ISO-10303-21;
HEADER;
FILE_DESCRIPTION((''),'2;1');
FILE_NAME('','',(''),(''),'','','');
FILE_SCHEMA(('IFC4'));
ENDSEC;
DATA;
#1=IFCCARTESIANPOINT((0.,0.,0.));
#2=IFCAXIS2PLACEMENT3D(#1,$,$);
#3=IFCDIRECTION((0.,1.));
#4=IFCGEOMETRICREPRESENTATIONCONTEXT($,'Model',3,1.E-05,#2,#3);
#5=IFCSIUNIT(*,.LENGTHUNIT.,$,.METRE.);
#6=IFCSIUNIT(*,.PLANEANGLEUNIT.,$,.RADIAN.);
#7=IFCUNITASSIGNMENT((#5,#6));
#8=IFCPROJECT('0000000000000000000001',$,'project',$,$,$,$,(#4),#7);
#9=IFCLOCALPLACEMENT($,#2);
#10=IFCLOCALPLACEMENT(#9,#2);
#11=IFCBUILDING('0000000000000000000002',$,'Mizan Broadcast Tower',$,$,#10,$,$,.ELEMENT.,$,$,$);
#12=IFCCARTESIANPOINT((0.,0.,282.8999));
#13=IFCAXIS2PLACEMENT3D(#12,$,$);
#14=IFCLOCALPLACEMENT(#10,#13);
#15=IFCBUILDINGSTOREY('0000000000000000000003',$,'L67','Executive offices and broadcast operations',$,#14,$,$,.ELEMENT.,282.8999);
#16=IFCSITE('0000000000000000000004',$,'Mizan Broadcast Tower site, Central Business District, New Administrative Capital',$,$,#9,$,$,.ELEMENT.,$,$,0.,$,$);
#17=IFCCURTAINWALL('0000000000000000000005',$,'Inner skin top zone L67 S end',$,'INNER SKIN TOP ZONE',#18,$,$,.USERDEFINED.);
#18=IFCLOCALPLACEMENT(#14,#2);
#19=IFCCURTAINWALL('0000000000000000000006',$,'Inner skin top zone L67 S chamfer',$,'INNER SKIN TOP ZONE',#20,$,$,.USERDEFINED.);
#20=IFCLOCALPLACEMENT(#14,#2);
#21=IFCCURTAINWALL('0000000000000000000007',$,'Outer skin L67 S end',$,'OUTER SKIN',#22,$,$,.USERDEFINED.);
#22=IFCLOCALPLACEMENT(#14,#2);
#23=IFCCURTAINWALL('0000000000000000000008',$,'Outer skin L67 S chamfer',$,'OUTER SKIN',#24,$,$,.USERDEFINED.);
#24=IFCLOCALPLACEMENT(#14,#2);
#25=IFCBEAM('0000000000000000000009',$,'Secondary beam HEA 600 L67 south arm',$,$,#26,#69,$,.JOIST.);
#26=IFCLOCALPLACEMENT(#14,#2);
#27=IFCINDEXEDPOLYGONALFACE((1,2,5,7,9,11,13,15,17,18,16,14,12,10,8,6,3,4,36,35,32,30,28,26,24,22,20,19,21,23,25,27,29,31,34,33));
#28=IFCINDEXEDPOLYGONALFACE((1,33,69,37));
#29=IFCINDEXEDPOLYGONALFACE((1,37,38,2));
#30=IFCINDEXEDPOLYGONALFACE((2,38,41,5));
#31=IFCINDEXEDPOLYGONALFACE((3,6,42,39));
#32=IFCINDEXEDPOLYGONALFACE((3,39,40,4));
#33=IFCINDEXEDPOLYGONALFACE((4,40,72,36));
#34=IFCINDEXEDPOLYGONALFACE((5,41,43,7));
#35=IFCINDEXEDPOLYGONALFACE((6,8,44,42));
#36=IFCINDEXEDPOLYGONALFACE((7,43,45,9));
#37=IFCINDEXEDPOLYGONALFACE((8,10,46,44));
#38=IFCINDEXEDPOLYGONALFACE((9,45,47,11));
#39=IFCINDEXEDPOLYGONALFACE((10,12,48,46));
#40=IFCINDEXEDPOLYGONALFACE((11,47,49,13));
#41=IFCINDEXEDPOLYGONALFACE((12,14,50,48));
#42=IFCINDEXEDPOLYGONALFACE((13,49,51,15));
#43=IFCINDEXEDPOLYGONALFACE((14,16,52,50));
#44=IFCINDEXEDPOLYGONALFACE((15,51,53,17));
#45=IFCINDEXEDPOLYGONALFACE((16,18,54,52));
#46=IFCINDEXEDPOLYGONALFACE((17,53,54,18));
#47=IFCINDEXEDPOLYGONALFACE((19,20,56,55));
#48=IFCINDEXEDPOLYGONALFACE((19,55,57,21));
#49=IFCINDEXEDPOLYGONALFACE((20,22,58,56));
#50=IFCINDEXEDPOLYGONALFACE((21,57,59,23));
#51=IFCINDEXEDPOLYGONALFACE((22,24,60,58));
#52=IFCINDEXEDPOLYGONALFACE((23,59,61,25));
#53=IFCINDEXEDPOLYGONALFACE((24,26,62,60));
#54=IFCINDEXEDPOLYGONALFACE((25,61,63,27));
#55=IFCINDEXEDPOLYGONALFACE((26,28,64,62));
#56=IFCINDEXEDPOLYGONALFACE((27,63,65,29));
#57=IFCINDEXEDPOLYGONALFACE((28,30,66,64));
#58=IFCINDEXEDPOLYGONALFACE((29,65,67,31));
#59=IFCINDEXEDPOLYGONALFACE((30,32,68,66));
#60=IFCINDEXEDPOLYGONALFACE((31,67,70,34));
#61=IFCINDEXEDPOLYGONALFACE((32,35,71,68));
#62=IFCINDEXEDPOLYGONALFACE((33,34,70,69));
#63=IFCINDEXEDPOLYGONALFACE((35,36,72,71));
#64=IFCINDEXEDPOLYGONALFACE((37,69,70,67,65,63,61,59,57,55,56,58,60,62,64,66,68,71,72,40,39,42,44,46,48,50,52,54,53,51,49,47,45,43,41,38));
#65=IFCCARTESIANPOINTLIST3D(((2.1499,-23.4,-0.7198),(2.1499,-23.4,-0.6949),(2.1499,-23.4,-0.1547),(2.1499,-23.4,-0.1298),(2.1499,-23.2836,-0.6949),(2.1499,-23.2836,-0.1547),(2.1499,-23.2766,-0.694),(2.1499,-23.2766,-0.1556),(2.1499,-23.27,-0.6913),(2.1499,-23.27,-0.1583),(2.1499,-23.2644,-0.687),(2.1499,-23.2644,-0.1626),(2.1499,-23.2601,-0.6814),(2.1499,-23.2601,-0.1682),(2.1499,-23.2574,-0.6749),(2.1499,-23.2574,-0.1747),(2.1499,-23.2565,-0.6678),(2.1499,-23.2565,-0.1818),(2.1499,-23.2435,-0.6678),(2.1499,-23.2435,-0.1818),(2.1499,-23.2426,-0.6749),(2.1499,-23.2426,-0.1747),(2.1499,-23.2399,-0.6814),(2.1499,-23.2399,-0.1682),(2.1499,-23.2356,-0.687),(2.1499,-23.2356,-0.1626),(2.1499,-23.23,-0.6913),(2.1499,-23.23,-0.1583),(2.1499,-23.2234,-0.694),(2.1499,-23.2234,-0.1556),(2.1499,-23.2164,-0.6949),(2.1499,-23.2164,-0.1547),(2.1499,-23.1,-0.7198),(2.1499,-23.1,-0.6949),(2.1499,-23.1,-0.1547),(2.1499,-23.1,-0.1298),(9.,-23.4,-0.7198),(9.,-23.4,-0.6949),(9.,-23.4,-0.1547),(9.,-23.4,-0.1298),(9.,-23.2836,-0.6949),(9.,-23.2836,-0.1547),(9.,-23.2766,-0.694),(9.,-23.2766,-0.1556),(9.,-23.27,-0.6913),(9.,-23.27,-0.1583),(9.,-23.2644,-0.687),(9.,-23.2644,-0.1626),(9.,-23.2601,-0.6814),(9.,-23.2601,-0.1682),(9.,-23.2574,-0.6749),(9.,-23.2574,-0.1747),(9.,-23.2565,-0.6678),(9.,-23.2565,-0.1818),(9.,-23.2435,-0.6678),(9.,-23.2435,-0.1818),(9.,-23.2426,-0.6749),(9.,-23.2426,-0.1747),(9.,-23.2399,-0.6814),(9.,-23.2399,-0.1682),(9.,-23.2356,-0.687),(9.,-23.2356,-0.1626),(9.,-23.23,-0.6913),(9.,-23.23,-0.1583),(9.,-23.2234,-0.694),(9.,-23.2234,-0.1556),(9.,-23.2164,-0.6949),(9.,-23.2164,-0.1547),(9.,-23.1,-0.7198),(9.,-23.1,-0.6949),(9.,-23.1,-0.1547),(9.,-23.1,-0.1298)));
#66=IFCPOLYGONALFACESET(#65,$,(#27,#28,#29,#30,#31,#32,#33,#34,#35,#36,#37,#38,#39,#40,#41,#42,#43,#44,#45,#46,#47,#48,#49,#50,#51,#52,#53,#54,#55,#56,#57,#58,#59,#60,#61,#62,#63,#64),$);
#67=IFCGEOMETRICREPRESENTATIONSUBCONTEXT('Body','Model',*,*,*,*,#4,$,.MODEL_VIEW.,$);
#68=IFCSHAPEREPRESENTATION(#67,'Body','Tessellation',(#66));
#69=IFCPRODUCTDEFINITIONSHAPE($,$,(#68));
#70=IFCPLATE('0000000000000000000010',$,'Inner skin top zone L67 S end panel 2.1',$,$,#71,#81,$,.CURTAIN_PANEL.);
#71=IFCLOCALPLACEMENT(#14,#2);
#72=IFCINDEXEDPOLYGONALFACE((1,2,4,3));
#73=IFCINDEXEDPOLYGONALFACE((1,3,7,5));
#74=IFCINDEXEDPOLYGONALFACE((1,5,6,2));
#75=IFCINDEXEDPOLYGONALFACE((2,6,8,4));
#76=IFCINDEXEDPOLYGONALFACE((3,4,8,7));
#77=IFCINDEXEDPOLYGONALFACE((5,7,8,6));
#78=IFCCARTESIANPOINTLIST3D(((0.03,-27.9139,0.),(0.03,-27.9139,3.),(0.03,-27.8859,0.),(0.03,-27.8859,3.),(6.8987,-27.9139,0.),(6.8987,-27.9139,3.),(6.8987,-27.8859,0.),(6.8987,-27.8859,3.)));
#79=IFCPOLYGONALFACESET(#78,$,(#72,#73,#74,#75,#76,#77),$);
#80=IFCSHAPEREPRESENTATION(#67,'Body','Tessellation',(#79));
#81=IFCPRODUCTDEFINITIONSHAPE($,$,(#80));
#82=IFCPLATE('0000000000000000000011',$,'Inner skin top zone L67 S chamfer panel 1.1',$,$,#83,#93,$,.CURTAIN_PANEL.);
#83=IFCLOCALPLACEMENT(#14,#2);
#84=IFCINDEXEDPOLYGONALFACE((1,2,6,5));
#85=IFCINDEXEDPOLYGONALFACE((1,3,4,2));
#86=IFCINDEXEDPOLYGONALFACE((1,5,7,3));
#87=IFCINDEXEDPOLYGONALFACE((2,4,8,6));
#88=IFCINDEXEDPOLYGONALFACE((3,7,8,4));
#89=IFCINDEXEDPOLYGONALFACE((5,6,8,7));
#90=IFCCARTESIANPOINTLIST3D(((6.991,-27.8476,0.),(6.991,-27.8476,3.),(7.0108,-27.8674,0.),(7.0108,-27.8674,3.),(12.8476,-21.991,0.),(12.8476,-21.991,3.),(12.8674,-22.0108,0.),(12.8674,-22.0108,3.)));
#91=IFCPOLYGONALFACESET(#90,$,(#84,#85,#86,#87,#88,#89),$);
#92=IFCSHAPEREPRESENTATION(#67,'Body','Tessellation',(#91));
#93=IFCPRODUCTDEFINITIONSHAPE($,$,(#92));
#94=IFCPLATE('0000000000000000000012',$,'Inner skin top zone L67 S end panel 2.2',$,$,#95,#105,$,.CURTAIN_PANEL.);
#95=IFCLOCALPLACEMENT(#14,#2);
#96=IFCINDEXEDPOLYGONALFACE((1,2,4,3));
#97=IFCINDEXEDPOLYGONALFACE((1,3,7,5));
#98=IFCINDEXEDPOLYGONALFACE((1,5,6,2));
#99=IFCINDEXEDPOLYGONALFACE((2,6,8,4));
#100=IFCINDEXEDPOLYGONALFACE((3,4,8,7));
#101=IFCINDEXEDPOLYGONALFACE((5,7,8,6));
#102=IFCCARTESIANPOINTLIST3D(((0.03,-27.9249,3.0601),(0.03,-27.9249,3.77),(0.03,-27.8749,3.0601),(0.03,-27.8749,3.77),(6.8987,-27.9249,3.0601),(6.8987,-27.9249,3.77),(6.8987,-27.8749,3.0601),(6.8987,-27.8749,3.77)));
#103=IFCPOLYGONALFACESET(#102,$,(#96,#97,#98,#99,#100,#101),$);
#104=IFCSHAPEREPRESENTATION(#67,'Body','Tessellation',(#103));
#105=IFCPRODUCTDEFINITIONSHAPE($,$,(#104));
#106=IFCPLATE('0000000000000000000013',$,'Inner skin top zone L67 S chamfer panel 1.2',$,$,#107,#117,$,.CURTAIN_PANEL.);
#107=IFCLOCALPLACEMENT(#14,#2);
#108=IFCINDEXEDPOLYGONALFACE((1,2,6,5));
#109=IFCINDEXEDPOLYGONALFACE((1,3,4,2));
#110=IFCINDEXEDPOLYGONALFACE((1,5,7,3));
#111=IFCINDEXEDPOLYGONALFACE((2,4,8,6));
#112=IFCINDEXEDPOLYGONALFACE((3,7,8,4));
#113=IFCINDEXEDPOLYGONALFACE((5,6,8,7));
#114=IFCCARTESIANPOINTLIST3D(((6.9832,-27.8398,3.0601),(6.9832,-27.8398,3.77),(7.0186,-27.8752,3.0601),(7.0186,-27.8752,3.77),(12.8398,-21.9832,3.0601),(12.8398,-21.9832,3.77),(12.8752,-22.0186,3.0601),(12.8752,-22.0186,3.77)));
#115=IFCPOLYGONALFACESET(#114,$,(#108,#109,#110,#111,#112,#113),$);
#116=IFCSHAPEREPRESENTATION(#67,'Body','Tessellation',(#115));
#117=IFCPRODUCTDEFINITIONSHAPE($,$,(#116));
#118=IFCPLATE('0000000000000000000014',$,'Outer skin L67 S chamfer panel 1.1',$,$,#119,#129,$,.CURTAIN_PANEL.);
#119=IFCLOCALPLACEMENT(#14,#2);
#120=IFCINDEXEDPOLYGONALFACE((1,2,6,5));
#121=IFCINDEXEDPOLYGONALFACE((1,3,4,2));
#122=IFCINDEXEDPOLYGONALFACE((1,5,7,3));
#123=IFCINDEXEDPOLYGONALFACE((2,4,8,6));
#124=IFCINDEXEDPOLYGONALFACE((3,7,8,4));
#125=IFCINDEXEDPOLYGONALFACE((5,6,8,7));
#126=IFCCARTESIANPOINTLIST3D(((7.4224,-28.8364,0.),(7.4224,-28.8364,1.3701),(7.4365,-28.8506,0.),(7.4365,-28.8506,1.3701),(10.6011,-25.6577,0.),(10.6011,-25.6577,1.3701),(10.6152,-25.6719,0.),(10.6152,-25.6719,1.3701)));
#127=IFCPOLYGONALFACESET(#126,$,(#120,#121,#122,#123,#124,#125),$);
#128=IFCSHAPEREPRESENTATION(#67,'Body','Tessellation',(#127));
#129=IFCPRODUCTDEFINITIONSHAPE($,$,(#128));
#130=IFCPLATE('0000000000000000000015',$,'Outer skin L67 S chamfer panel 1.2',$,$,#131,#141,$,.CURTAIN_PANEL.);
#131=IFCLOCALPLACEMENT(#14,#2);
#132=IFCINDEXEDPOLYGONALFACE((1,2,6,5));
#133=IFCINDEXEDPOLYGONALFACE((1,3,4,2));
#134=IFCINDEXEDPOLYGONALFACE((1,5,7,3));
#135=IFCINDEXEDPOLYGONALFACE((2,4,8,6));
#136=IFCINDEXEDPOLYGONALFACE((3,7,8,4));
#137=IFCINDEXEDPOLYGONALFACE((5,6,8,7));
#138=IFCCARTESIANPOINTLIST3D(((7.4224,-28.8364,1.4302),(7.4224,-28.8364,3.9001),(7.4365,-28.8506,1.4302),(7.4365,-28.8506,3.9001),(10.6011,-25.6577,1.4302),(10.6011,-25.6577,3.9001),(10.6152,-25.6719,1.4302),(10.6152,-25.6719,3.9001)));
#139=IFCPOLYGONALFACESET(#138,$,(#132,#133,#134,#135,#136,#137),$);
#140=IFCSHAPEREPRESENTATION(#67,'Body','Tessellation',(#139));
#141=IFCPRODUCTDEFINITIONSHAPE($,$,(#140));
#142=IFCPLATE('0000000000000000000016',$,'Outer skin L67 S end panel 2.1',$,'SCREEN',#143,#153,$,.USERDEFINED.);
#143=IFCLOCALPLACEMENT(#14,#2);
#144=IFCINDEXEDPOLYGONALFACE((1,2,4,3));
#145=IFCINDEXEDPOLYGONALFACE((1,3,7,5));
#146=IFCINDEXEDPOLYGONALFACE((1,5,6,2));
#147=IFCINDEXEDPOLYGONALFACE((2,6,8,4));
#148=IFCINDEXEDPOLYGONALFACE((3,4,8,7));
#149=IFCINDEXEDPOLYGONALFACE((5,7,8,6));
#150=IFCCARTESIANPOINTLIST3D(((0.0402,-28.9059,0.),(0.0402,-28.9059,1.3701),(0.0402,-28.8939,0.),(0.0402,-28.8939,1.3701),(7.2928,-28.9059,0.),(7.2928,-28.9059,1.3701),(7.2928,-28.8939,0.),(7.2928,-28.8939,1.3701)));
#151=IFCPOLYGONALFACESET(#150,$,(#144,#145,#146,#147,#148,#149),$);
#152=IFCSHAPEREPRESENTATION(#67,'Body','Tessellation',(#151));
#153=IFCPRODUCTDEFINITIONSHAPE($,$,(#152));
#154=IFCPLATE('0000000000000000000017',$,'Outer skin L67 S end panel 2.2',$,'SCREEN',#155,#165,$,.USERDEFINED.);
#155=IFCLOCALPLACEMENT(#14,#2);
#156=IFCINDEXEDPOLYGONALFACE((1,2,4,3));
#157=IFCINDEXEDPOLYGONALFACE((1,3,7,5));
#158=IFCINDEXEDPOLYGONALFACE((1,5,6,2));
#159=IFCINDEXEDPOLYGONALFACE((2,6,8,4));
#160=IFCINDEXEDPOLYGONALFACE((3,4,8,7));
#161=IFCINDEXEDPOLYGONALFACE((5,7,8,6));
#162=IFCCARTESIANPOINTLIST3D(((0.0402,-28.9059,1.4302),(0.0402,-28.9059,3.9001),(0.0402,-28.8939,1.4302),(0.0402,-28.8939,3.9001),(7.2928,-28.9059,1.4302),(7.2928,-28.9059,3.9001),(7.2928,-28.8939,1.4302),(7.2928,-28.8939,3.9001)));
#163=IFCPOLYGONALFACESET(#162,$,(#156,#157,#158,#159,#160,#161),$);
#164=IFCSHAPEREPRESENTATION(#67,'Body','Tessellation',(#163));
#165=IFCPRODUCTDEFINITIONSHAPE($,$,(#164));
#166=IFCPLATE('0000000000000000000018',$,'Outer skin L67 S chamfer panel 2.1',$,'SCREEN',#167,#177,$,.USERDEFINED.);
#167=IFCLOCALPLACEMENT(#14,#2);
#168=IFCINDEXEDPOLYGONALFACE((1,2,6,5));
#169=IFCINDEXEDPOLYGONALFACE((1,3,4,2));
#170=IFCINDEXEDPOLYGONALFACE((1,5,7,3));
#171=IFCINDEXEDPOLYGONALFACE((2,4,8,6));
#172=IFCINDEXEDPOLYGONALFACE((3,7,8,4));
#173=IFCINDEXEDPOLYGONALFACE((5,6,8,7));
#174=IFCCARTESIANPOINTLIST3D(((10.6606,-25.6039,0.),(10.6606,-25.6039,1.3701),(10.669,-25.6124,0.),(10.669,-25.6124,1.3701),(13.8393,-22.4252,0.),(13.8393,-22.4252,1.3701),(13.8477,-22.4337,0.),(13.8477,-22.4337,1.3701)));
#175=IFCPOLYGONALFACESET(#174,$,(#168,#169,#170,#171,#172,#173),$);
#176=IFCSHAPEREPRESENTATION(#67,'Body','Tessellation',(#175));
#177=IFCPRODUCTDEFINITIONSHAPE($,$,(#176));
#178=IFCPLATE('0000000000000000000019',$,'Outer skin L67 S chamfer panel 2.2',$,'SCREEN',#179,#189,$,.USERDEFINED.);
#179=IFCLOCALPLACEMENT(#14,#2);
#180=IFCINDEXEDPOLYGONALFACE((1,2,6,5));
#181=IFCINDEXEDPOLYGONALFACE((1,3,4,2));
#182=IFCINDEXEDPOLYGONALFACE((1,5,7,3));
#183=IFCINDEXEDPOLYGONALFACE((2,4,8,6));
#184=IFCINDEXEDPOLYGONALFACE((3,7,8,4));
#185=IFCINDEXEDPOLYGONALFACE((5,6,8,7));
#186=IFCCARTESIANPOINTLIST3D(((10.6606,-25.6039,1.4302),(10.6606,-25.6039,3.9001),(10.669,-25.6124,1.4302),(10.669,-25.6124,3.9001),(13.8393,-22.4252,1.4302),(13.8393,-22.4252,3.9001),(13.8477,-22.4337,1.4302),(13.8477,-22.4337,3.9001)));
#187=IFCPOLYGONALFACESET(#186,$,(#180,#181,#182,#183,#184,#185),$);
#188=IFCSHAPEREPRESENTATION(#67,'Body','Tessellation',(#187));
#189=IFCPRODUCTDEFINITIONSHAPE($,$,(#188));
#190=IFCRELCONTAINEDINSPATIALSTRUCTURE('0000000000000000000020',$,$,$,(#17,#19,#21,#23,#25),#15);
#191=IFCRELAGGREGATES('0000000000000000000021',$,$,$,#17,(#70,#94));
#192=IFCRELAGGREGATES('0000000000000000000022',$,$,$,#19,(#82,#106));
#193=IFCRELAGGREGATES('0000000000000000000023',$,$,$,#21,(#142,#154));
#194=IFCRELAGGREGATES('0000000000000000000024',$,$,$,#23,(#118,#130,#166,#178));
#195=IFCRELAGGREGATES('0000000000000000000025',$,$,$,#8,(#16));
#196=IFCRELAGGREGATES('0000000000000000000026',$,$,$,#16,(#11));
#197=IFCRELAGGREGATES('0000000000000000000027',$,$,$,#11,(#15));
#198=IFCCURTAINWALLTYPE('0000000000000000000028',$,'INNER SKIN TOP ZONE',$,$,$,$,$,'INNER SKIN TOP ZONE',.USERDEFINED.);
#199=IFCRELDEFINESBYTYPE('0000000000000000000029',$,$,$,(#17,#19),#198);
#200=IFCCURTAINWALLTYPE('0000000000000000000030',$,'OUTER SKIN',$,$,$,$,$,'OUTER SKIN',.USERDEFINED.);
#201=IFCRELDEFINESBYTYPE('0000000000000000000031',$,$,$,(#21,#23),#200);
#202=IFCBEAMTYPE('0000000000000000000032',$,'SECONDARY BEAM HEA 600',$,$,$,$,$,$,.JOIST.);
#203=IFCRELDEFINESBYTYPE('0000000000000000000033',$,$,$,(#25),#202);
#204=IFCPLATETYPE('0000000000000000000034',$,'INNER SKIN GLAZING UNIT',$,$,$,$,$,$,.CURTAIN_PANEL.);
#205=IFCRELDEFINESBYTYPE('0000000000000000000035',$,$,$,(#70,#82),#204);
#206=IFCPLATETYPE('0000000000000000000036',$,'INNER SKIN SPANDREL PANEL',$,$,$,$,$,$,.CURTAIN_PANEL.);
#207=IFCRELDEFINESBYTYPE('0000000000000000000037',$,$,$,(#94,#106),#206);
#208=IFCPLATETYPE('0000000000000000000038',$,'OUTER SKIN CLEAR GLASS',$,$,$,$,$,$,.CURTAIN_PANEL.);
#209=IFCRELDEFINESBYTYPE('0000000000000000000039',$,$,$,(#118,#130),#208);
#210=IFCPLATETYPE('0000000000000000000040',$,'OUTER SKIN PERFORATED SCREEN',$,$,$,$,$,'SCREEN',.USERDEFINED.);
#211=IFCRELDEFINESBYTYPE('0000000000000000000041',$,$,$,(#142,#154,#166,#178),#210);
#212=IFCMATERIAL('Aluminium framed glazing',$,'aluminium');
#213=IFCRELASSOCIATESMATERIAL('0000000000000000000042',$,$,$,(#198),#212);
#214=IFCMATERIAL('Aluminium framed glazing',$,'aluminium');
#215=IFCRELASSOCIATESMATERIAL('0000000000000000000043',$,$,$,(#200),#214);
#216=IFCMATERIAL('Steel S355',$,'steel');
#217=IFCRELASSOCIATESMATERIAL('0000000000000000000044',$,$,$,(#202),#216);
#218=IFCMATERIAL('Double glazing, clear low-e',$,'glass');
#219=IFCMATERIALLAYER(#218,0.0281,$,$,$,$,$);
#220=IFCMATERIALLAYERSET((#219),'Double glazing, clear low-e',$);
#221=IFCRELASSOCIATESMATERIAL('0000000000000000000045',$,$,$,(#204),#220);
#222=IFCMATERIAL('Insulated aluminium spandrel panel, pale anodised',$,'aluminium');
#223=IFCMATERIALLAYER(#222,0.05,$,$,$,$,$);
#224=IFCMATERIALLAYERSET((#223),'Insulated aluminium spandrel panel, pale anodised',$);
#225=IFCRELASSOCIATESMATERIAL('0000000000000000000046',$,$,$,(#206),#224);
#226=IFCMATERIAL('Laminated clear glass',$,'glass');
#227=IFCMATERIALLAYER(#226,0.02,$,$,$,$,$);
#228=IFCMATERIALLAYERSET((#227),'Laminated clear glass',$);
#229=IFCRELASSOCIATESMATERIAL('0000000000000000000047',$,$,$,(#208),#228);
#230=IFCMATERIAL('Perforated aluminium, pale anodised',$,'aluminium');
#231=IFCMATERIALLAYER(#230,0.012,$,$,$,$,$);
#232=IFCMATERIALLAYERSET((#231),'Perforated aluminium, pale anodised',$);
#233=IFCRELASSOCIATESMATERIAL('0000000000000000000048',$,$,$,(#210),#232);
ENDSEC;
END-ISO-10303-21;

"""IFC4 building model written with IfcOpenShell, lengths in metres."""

from ifc_helpers import new_model, si_unit, direction, frame, origin, origin_2d, place, context, subcontext, project, spatial, rectangle, i_section, extrude, material, layer, layer_set, material_profile, profile_set, type_object, element, aggregate, save


model = new_model("IFC4")

# Units and contexts
model_context = context("Model", 3, precision=1e-05, world=origin(), true_north=direction((0.0, 1.0)))
body_context = subcontext(model_context, "Body", "Model", "MODEL_VIEW")
ifc_project = project(units=[si_unit("LENGTHUNIT", "METRE"), si_unit("PLANEANGLEUNIT", "RADIAN")], contexts=[model_context])

# Site, building, storey
site_placement = place(None, origin())
site = spatial("IfcSite", under=ifc_project, at=site_placement, Name="Mizan Broadcast Tower site, Central Business District, New Administrative Capital", CompositionType="ELEMENT", RefElevation=0.0)
building_placement = place(site_placement, origin())
building = spatial("IfcBuilding", under=site, at=building_placement, Name="Mizan Broadcast Tower", CompositionType="ELEMENT")
storey_placement = place(building_placement, frame((0.0, 0.0, 282.8999)))
storey = spatial("IfcBuildingStorey", under=building, at=storey_placement, Name="L67", Description="Executive offices and broadcast operations", CompositionType="ELEMENT", Elevation=282.8999)

# Curtain walls
ifc_material_1 = material(Name="Aluminium framed glazing", Category="aluminium")
curtain_wall_type_1 = type_object("IfcCurtainWallType", Name="INNER SKIN TOP ZONE", ElementType="INNER SKIN TOP ZONE", PredefinedType="USERDEFINED", material=ifc_material_1)
curtain_wall_1_placement = place(storey_placement, origin())
curtain_wall_1 = element("IfcCurtainWall", 1, at=curtain_wall_1_placement, inside=storey, type_object=curtain_wall_type_1, Name="Inner skin top zone L67 S end", ObjectType="INNER SKIN TOP ZONE", PredefinedType="USERDEFINED")
curtain_wall_2_placement = place(storey_placement, origin())
curtain_wall_2 = element("IfcCurtainWall", 2, at=curtain_wall_2_placement, inside=storey, type_object=curtain_wall_type_1, Name="Inner skin top zone L67 S chamfer", ObjectType="INNER SKIN TOP ZONE", PredefinedType="USERDEFINED")

# Curtain walls
ifc_material_2 = material(Name="Aluminium framed glazing", Category="aluminium")
curtain_wall_type_2 = type_object("IfcCurtainWallType", Name="OUTER SKIN", ElementType="OUTER SKIN", PredefinedType="USERDEFINED", material=ifc_material_2)
curtain_wall_3_placement = place(storey_placement, origin())
curtain_wall_3 = element("IfcCurtainWall", 3, at=curtain_wall_3_placement, inside=storey, type_object=curtain_wall_type_2, Name="Outer skin L67 S end", ObjectType="OUTER SKIN", PredefinedType="USERDEFINED")
curtain_wall_4_placement = place(storey_placement, origin())
curtain_wall_4 = element("IfcCurtainWall", 4, at=curtain_wall_4_placement, inside=storey, type_object=curtain_wall_type_2, Name="Outer skin L67 S chamfer", ObjectType="OUTER SKIN", PredefinedType="USERDEFINED")

# Beam
ifc_material_3 = material(Name="Steel S355", Category="steel")
ifc_material_profile_1 = material_profile(ifc_material_3, i_section(OverallWidth=0.3, OverallDepth=0.5901, WebThickness=0.0129, FlangeThickness=0.0249, FilletRadius=0.0271, at=origin_2d()), Name="HEA 600")
ifc_profile_set_1 = profile_set([ifc_material_profile_1], Name="Steel S355")
beam_type_1 = type_object("IfcBeamType", Name="SECONDARY BEAM HEA 600", PredefinedType="JOIST", material=ifc_profile_set_1)
beam_1_placement = place(storey_placement, frame((9.0, -23.25, -0.4248), z_axis=(-1.0, 0.0, 0.0), x_axis=(0.0, -1.0, 0.0)))
element("IfcBeam", 5, at=beam_1_placement, inside=storey, type_object=beam_type_1, Name="Secondary beam HEA 600 L67 south arm", PredefinedType="JOIST", context=body_context, shape_type="SweptSolid", body=[
    extrude(i_section(OverallWidth=0.3, OverallDepth=0.5901, WebThickness=0.0129, FlangeThickness=0.0249, FilletRadius=0.0271, at=origin_2d()), origin(), (0.0, 0.0, 1.0), 6.8501),
])

# Plates
ifc_material_4 = material(Name="Double glazing, clear low-e", Category="glass")
ifc_layer_1 = layer(ifc_material_4, 0.0281)
ifc_layer_set_1 = layer_set([ifc_layer_1], Name="Double glazing, clear low-e")
plate_type_1 = type_object("IfcPlateType", Name="INNER SKIN GLAZING UNIT", PredefinedType="CURTAIN_PANEL", material=ifc_layer_set_1)
plate_1_placement = place(storey_placement, frame((3.4644, -27.8999, 0.0), z_axis=(0.0, 0.0, 1.0), x_axis=(1.0, 0.0, 0.0)))
plate_1 = element("IfcPlate", 6, at=plate_1_placement, type_object=plate_type_1, Name="Inner skin top zone L67 S end panel 2.1", PredefinedType="CURTAIN_PANEL", context=body_context, shape_type="SweptSolid", body=[
    extrude(rectangle(XDim=6.8687, YDim=0.0281, at=origin_2d()), origin(), (0.0, 0.0, 1.0), 3.0),
])
plate_2_placement = place(storey_placement, frame((9.9292, -24.9292, 0.0), z_axis=(0.0, 0.0, 1.0), x_axis=(0.707107, 0.707107, 0.0)))
plate_2 = element("IfcPlate", 7, at=plate_2_placement, type_object=plate_type_1, Name="Inner skin top zone L67 S chamfer panel 1.1", PredefinedType="CURTAIN_PANEL", context=body_context, shape_type="SweptSolid", body=[
    extrude(rectangle(XDim=8.2825, YDim=0.0281, at=origin_2d()), origin(), (0.0, 0.0, 1.0), 3.0),
])
ifc_material_5 = material(Name="Insulated aluminium spandrel panel, pale anodised", Category="aluminium")
ifc_layer_2 = layer(ifc_material_5, 0.05)
ifc_layer_set_2 = layer_set([ifc_layer_2], Name="Insulated aluminium spandrel panel, pale anodised")
plate_type_2 = type_object("IfcPlateType", Name="INNER SKIN SPANDREL PANEL", PredefinedType="CURTAIN_PANEL", material=ifc_layer_set_2)
plate_3_placement = place(storey_placement, frame((3.4644, -27.8999, 3.0601), z_axis=(0.0, 0.0, 1.0), x_axis=(1.0, 0.0, 0.0)))
plate_3 = element("IfcPlate", 8, at=plate_3_placement, type_object=plate_type_2, Name="Inner skin top zone L67 S end panel 2.2", PredefinedType="CURTAIN_PANEL", context=body_context, shape_type="SweptSolid", body=[
    extrude(rectangle(XDim=6.8687, YDim=0.05, at=origin_2d()), origin(), (0.0, 0.0, 1.0), 0.71),
])
aggregate(curtain_wall_1, [plate_1, plate_3])
plate_4_placement = place(storey_placement, frame((9.9292, -24.9292, 3.0601), z_axis=(0.0, 0.0, 1.0), x_axis=(0.707107, 0.707107, 0.0)))
plate_4 = element("IfcPlate", 9, at=plate_4_placement, type_object=plate_type_2, Name="Inner skin top zone L67 S chamfer panel 1.2", PredefinedType="CURTAIN_PANEL", context=body_context, shape_type="SweptSolid", body=[
    extrude(rectangle(XDim=8.2825, YDim=0.05, at=origin_2d()), origin(), (0.0, 0.0, 1.0), 0.71),
])
aggregate(curtain_wall_2, [plate_2, plate_4])
ifc_material_6 = material(Name="Laminated clear glass", Category="glass")
ifc_layer_3 = layer(ifc_material_6, 0.02)
ifc_layer_set_3 = layer_set([ifc_layer_3], Name="Laminated clear glass")
plate_type_3 = type_object("IfcPlateType", Name="OUTER SKIN CLEAR GLASS", PredefinedType="CURTAIN_PANEL", material=ifc_layer_set_3)
plate_5_placement = place(storey_placement, frame((9.0188, -27.2542, 0.0), z_axis=(0.0, 0.0, 1.0), x_axis=(0.707107, 0.707107, 0.0)))
plate_5 = element("IfcPlate", 10, at=plate_5_placement, type_object=plate_type_3, Name="Outer skin L67 S chamfer panel 1.1", PredefinedType="CURTAIN_PANEL", context=body_context, shape_type="SweptSolid", body=[
    extrude(rectangle(XDim=4.4954, YDim=0.02, at=origin_2d()), origin(), (0.0, 0.0, 1.0), 1.3701),
])
plate_6_placement = place(storey_placement, frame((9.0188, -27.2542, 1.4302), z_axis=(0.0, 0.0, 1.0), x_axis=(0.707107, 0.707107, 0.0)))
plate_6 = element("IfcPlate", 11, at=plate_6_placement, type_object=plate_type_3, Name="Outer skin L67 S chamfer panel 1.2", PredefinedType="CURTAIN_PANEL", context=body_context, shape_type="SweptSolid", body=[
    extrude(rectangle(XDim=4.4954, YDim=0.02, at=origin_2d()), origin(), (0.0, 0.0, 1.0), 2.47),
])
ifc_material_7 = material(Name="Perforated aluminium, pale anodised", Category="aluminium")
ifc_layer_4 = layer(ifc_material_7, 0.012)
ifc_layer_set_4 = layer_set([ifc_layer_4], Name="Perforated aluminium, pale anodised")
plate_type_4 = type_object("IfcPlateType", Name="OUTER SKIN PERFORATED SCREEN", ElementType="SCREEN", PredefinedType="USERDEFINED", material=ifc_layer_set_4)
plate_7_placement = place(storey_placement, frame((3.6665, -28.8999, 0.0), z_axis=(0.0, 0.0, 1.0), x_axis=(1.0, 0.0, 0.0)))
plate_7 = element("IfcPlate", 12, at=plate_7_placement, type_object=plate_type_4, Name="Outer skin L67 S end panel 2.1", ObjectType="SCREEN", PredefinedType="USERDEFINED", context=body_context, shape_type="SweptSolid", body=[
    extrude(rectangle(XDim=7.2527, YDim=0.012, at=origin_2d()), origin(), (0.0, 0.0, 1.0), 1.3701),
])
plate_8_placement = place(storey_placement, frame((3.6665, -28.8999, 1.4302), z_axis=(0.0, 0.0, 1.0), x_axis=(1.0, 0.0, 0.0)))
plate_8 = element("IfcPlate", 13, at=plate_8_placement, type_object=plate_type_4, Name="Outer skin L67 S end panel 2.2", ObjectType="SCREEN", PredefinedType="USERDEFINED", context=body_context, shape_type="SweptSolid", body=[
    extrude(rectangle(XDim=7.2527, YDim=0.012, at=origin_2d()), origin(), (0.0, 0.0, 1.0), 2.47),
])
aggregate(curtain_wall_3, [plate_7, plate_8])
plate_9_placement = place(storey_placement, frame((12.2542, -24.0188, 0.0), z_axis=(0.0, 0.0, 1.0), x_axis=(0.707107, 0.707107, 0.0)))
plate_9 = element("IfcPlate", 14, at=plate_9_placement, type_object=plate_type_4, Name="Outer skin L67 S chamfer panel 2.1", ObjectType="SCREEN", PredefinedType="USERDEFINED", context=body_context, shape_type="SweptSolid", body=[
    extrude(rectangle(XDim=4.4954, YDim=0.012, at=origin_2d()), origin(), (0.0, 0.0, 1.0), 1.3701),
])
plate_10_placement = place(storey_placement, frame((12.2542, -24.0188, 1.4302), z_axis=(0.0, 0.0, 1.0), x_axis=(0.707107, 0.707107, 0.0)))
plate_10 = element("IfcPlate", 15, at=plate_10_placement, type_object=plate_type_4, Name="Outer skin L67 S chamfer panel 2.2", ObjectType="SCREEN", PredefinedType="USERDEFINED", context=body_context, shape_type="SweptSolid", body=[
    extrude(rectangle(XDim=4.4954, YDim=0.012, at=origin_2d()), origin(), (0.0, 0.0, 1.0), 2.47),
])
aggregate(curtain_wall_4, [plate_5, plate_6, plate_9, plate_10])

save(model, "model.ifc")
